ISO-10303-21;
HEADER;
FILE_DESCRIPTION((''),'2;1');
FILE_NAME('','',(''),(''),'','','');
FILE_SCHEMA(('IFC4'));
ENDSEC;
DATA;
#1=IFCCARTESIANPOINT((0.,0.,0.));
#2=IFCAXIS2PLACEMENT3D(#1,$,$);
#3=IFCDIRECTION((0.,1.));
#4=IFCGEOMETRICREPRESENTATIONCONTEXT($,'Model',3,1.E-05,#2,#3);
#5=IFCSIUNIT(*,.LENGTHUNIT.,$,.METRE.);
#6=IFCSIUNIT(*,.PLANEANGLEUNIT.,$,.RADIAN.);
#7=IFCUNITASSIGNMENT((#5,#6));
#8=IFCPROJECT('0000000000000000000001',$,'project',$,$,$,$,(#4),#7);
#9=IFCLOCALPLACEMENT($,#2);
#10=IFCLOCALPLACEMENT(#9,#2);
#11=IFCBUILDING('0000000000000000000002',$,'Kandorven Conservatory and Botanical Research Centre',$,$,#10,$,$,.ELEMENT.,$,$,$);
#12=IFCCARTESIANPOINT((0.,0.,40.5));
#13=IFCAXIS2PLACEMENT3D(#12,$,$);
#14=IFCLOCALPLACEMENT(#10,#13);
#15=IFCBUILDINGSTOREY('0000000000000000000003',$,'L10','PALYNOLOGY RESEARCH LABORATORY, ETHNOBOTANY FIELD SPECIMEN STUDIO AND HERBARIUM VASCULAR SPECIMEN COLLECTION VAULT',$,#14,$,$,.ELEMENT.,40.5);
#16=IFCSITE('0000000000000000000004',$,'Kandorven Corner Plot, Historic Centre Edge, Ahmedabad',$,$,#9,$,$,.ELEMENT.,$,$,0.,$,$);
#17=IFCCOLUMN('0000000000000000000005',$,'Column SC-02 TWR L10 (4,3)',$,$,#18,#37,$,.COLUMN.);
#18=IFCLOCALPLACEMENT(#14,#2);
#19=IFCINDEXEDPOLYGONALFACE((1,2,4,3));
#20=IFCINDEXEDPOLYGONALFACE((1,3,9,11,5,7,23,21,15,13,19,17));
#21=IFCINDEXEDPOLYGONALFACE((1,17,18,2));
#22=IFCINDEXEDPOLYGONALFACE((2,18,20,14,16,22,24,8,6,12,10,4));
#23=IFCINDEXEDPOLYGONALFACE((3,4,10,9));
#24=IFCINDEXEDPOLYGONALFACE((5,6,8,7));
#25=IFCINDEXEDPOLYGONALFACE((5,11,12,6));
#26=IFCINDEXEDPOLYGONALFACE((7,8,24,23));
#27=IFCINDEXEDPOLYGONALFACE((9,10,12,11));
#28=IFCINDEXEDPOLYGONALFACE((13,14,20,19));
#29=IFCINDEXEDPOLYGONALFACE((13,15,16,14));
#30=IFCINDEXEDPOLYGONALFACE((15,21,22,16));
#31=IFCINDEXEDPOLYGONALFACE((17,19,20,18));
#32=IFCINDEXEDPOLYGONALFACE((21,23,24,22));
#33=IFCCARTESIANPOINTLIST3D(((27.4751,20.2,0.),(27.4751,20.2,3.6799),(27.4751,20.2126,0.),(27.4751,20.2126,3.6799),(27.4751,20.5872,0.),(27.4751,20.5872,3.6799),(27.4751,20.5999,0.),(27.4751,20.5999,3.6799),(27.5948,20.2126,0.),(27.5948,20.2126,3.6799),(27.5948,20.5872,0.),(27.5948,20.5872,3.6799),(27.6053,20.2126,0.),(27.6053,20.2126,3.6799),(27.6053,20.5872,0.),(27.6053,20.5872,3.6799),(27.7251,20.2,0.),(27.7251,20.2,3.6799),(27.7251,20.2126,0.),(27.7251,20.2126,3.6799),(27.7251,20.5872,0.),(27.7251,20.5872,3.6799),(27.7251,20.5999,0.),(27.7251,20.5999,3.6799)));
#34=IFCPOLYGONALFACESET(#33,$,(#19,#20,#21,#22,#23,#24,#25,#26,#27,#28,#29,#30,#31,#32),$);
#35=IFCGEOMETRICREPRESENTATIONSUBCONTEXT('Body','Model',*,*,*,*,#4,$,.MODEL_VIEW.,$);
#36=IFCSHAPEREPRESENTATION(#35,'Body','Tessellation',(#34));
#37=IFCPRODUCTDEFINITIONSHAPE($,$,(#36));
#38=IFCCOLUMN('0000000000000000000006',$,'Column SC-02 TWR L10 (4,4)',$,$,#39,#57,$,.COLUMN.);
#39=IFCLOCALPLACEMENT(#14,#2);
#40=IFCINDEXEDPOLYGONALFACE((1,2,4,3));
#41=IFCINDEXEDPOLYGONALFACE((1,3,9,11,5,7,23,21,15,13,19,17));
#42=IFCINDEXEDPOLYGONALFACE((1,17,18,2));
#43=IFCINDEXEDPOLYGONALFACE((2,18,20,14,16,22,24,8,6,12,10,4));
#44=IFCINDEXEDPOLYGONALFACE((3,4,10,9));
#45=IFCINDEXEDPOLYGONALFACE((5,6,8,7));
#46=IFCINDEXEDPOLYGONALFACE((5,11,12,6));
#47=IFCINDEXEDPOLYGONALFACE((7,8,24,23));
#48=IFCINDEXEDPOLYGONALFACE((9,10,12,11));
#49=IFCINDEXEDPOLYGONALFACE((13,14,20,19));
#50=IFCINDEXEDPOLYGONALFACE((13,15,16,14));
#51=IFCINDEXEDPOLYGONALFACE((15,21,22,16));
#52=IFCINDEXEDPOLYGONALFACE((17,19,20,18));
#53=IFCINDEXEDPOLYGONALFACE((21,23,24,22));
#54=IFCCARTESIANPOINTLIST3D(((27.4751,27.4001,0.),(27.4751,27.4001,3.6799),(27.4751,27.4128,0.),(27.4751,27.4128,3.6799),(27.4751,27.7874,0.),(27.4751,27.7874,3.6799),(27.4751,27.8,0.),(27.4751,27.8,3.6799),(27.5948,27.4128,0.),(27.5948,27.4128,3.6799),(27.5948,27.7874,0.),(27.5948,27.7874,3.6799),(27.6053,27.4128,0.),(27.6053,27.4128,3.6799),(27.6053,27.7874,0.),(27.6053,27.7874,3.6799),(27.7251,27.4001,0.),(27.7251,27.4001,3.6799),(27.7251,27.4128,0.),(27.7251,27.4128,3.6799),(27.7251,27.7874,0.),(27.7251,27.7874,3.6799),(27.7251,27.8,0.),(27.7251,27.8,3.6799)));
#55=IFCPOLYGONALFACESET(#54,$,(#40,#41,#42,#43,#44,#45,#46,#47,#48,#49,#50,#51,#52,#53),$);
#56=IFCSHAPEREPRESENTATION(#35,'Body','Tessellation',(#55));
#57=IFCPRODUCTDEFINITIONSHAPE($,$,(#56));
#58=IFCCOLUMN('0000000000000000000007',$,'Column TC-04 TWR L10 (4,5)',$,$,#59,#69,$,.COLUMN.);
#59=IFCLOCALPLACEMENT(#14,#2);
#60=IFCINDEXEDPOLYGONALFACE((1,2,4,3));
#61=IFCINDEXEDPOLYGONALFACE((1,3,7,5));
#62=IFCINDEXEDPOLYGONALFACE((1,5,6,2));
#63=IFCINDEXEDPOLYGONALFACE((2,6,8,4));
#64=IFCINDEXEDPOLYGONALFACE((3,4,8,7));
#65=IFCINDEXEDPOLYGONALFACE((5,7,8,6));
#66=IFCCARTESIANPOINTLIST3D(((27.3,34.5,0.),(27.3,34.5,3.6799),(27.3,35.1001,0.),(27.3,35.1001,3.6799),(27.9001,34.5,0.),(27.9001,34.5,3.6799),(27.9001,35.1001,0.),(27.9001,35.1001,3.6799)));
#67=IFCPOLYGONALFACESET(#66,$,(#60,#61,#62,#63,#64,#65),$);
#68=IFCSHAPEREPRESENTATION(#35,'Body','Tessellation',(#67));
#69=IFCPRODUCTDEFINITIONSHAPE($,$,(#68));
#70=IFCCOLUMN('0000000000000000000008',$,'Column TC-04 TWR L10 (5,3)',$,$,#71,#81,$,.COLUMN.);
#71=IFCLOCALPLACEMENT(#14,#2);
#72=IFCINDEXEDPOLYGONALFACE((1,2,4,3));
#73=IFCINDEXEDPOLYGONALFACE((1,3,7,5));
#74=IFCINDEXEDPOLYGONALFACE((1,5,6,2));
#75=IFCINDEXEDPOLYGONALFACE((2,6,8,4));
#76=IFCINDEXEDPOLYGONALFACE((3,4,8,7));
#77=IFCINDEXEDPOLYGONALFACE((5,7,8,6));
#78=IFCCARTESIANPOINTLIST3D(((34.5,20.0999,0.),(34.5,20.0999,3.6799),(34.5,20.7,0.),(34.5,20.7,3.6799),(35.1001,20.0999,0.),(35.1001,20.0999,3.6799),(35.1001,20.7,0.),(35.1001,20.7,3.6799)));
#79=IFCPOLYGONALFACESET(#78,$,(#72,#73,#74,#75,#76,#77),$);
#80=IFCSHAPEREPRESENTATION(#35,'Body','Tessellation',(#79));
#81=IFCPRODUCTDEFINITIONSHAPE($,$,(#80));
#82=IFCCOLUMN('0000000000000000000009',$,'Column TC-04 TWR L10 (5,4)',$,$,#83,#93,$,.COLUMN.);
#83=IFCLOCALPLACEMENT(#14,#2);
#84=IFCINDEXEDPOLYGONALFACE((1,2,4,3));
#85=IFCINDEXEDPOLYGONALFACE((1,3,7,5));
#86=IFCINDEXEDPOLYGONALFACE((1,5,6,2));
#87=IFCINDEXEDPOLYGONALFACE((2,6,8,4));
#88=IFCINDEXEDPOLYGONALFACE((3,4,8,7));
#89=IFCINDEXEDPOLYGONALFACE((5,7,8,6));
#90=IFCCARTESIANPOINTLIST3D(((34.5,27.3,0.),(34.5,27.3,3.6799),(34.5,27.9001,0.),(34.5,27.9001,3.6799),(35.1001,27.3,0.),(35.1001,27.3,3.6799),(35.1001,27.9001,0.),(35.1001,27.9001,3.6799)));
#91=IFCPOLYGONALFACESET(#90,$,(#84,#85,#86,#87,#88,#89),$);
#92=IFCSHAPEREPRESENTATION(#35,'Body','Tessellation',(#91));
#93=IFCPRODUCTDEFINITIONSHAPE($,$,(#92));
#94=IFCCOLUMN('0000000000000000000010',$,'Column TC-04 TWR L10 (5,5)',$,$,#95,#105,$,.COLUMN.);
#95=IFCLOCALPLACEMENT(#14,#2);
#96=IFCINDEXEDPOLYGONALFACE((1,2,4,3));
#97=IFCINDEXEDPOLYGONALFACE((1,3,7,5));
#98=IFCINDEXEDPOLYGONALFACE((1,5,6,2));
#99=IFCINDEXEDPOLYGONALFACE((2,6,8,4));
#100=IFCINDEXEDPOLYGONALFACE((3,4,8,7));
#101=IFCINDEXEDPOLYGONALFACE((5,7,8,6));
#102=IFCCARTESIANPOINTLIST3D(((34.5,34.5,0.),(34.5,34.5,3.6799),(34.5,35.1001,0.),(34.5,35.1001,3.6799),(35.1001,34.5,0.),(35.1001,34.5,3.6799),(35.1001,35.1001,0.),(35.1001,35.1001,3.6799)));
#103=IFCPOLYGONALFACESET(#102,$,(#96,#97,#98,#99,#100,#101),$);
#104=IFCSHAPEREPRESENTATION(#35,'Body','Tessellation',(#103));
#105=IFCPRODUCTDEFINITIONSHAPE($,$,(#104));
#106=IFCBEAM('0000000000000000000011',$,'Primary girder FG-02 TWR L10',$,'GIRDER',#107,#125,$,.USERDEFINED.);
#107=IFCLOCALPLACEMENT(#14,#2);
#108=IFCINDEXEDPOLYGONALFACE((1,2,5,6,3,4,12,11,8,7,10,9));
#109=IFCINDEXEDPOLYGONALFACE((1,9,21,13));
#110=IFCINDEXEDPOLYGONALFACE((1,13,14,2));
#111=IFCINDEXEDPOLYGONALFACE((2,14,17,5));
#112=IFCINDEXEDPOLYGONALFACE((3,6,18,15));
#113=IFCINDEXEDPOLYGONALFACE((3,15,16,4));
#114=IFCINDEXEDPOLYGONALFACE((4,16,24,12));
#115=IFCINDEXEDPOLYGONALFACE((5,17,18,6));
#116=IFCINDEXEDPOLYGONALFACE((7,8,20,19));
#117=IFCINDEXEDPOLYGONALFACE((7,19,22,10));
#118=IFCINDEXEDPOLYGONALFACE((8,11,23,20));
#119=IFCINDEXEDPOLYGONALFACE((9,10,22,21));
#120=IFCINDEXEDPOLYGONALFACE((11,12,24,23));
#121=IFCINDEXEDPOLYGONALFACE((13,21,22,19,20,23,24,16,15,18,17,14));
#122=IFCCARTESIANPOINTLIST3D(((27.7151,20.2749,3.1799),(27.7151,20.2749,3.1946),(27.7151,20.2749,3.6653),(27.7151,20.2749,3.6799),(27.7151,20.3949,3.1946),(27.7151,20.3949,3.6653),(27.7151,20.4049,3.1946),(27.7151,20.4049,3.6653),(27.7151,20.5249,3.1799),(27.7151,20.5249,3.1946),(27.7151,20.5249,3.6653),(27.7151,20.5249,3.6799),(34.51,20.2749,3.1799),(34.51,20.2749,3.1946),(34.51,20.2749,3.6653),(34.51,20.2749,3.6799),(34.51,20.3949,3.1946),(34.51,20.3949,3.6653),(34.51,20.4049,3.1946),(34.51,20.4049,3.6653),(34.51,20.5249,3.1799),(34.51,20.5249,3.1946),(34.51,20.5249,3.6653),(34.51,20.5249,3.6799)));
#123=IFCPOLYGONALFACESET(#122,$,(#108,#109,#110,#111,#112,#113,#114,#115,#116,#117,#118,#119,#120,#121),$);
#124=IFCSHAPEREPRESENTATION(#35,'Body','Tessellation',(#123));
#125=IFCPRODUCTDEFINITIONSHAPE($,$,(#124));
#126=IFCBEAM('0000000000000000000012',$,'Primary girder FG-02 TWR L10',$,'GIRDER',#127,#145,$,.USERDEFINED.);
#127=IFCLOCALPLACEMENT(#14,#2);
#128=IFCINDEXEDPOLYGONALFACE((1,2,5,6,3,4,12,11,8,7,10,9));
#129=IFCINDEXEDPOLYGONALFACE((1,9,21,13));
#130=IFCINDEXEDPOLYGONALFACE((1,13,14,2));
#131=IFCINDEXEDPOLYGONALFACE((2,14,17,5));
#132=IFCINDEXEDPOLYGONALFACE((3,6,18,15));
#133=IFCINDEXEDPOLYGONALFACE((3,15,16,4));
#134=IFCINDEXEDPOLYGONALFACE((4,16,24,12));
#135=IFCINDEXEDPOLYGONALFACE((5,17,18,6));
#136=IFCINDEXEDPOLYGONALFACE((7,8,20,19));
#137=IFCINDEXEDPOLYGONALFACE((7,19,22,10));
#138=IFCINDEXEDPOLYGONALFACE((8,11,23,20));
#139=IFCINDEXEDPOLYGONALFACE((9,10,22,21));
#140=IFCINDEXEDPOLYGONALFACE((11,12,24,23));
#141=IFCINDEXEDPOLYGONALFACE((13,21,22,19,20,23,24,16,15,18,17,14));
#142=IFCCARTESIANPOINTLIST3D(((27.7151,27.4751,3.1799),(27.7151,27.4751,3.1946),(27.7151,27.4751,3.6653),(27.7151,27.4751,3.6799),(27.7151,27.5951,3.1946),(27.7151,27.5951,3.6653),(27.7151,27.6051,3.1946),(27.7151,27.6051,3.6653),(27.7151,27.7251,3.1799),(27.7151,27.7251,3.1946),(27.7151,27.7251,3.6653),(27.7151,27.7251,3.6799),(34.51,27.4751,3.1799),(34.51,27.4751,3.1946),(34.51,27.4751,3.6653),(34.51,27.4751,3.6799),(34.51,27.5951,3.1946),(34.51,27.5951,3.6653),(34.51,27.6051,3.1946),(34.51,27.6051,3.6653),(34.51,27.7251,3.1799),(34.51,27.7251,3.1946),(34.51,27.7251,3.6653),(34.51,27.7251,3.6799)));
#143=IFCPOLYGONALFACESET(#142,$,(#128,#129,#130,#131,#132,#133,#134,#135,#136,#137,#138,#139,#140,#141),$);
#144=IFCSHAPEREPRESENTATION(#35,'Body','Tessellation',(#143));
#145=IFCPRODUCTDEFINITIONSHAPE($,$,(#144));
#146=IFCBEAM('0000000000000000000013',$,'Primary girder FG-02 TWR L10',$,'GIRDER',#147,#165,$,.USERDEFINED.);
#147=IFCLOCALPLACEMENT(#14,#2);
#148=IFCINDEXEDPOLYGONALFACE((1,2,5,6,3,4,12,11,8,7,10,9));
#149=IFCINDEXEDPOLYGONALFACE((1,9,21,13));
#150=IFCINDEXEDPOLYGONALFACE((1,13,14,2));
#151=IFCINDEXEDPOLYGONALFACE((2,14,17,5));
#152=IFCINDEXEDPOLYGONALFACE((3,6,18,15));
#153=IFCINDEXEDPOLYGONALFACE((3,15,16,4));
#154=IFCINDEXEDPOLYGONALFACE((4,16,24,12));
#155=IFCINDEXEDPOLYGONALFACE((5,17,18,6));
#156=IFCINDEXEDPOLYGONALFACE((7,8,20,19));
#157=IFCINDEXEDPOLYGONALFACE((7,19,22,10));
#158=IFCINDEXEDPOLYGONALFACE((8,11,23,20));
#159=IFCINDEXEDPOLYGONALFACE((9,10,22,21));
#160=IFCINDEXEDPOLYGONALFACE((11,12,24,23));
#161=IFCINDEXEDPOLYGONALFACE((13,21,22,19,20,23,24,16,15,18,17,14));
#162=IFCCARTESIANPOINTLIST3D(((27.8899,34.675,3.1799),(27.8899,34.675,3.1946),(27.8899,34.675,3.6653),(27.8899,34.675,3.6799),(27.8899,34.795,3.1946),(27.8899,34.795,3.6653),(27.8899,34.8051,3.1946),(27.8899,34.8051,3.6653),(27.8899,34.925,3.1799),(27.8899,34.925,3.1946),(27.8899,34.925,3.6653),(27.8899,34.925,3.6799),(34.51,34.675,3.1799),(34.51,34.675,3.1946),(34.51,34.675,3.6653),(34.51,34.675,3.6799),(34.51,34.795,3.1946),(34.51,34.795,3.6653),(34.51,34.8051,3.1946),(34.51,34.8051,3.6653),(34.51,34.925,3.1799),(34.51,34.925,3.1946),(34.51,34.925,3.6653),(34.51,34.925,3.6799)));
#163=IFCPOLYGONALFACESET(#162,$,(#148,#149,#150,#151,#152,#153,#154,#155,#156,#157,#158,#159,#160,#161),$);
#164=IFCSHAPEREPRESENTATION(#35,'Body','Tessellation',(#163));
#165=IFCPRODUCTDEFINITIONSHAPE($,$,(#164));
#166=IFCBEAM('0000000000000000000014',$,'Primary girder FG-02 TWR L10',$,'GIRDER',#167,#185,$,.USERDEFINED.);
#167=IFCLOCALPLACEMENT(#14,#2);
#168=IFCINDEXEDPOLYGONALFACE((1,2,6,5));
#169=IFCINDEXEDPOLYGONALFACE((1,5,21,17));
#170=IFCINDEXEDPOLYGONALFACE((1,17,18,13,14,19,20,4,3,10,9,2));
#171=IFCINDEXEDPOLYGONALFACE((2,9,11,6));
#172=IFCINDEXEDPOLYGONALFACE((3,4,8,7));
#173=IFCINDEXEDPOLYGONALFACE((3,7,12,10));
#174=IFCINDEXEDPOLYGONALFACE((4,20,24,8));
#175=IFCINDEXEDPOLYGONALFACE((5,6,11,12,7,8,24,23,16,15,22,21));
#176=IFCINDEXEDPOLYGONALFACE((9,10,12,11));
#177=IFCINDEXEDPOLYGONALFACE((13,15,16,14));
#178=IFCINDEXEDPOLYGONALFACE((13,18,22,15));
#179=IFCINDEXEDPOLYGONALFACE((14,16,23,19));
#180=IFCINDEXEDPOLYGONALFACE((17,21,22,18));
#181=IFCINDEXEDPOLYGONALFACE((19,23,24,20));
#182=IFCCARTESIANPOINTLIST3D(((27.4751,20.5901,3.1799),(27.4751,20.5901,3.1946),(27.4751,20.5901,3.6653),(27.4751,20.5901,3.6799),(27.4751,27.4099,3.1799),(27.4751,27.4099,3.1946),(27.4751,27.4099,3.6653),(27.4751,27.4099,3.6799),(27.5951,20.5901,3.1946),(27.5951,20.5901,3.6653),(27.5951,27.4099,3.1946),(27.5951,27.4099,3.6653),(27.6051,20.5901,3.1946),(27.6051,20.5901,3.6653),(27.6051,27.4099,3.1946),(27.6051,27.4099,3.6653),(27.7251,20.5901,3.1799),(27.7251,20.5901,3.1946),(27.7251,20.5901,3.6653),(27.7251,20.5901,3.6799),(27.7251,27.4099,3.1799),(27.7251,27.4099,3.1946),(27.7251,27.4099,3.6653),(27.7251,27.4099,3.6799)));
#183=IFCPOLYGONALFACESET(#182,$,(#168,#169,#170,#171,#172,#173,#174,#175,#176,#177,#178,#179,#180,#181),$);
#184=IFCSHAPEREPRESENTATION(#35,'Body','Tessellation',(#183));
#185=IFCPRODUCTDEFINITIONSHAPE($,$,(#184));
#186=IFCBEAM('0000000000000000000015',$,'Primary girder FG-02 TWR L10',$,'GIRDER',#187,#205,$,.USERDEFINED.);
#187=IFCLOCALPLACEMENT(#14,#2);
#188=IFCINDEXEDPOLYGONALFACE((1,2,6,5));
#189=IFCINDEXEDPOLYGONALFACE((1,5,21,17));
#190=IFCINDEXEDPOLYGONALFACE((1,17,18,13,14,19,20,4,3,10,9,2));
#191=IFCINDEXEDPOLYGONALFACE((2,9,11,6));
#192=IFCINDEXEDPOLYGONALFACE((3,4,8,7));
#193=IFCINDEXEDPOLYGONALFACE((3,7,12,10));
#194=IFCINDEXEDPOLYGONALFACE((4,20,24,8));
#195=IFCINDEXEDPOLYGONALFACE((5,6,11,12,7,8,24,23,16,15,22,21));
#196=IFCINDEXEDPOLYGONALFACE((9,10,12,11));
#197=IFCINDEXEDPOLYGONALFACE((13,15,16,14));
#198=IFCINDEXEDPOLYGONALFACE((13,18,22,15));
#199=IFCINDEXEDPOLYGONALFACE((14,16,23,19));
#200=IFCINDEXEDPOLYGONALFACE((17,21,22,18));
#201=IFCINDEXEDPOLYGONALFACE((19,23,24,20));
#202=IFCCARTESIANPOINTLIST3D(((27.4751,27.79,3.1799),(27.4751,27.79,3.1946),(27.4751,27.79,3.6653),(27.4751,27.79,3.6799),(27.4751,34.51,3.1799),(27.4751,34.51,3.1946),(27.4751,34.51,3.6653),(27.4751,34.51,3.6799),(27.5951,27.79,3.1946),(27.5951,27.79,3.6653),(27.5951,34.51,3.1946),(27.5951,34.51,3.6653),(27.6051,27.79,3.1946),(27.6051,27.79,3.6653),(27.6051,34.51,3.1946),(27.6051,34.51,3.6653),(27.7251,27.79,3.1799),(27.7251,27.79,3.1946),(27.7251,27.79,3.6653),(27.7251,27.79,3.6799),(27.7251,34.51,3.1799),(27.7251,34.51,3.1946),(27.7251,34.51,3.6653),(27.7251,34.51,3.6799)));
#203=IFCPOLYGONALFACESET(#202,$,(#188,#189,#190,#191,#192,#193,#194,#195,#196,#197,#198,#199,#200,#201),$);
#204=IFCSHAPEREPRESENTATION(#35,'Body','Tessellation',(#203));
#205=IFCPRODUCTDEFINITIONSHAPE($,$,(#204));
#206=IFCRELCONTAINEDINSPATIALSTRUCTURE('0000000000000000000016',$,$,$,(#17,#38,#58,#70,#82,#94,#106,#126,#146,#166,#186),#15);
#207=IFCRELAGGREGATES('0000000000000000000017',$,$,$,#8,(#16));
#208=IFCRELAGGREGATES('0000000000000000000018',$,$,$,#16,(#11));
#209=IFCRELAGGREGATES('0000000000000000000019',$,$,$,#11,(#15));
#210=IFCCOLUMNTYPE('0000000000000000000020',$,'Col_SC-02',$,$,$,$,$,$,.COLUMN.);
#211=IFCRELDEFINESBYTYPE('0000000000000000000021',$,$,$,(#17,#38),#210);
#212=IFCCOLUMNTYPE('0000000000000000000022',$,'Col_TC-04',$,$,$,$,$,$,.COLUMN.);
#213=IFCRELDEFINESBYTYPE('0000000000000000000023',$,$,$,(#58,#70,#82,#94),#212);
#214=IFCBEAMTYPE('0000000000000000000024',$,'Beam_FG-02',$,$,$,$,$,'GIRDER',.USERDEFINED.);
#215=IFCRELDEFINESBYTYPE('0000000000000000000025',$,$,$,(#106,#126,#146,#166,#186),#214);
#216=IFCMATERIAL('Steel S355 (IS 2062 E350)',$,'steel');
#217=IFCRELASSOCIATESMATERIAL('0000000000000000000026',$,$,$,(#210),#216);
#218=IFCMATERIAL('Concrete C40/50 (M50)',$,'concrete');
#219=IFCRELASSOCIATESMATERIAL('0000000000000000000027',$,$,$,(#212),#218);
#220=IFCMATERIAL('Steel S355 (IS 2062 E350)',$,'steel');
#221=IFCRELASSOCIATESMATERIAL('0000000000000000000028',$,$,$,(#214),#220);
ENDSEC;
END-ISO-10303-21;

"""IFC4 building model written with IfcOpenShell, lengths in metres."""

from ifc_helpers import new_model, si_unit, direction, frame, origin, origin_2d, place, context, subcontext, project, spatial, rectangle, i_section, extrude, material, material_profile, profile_set, type_object, element, save


model = new_model("IFC4")

# Units and contexts
model_context = context("Model", 3, precision=1e-05, world=origin(), true_north=direction((0.0, 1.0)))
body_context = subcontext(model_context, "Body", "Model", "MODEL_VIEW")
ifc_project = project(units=[si_unit("LENGTHUNIT", "METRE"), si_unit("PLANEANGLEUNIT", "RADIAN")], contexts=[model_context])

# Site, building, storey
site_placement = place(None, origin())
site = spatial("IfcSite", under=ifc_project, at=site_placement, Name="Kandorven Corner Plot, Historic Centre Edge, Ahmedabad", CompositionType="ELEMENT", RefElevation=0.0)
building_placement = place(site_placement, origin())
building = spatial("IfcBuilding", under=site, at=building_placement, Name="Kandorven Conservatory and Botanical Research Centre", CompositionType="ELEMENT")
storey_placement = place(building_placement, frame((0.0, 0.0, 40.5)))
storey = spatial("IfcBuildingStorey", under=building, at=storey_placement, Name="L10", Description="PALYNOLOGY RESEARCH LABORATORY, ETHNOBOTANY FIELD SPECIMEN STUDIO AND HERBARIUM VASCULAR SPECIMEN COLLECTION VAULT", CompositionType="ELEMENT", Elevation=40.5)

# Columns
ifc_material_1 = material(Name="Steel S355 (IS 2062 E350)", Category="steel")
ifc_material_profile_1 = material_profile(ifc_material_1, i_section(OverallWidth=0.25, OverallDepth=0.3999, WebThickness=0.0105, FlangeThickness=0.0127, at=origin_2d()))
ifc_profile_set_1 = profile_set([ifc_material_profile_1], Name="Steel S355 (IS 2062 E350)")
column_type_1 = type_object("IfcColumnType", Name="Col_SC-02", PredefinedType="COLUMN", material=ifc_profile_set_1)
for number, where, z_axis, x_axis, name in (
    (1, (27.6001, 20.3999, 0.0), (0.0, 0.0, 1.0), (1.0, 0.0, 0.0), "Column SC-02 TWR L10 (4,3)"),
    (2, (27.6001, 27.6001, 0.0), (0.0, 0.0, 1.0), (1.0, 0.0, 0.0), "Column SC-02 TWR L10 (4,4)"),
):
    element("IfcColumn", number, at=place(storey_placement, frame(where, z_axis=z_axis, x_axis=x_axis)), inside=storey, type_object=column_type_1, Name=name, PredefinedType="COLUMN", context=body_context, shape_type="SweptSolid", body=[
        extrude(i_section(OverallWidth=0.25, OverallDepth=0.3999, WebThickness=0.0105, FlangeThickness=0.0127, at=origin_2d()), origin(), (0.0, 0.0, 1.0), 3.6799),
    ])
ifc_material_2 = material(Name="Concrete C40/50 (M50)", Category="concrete")
ifc_material_profile_2 = material_profile(ifc_material_2, rectangle(XDim=0.6001, YDim=0.6001, at=origin_2d()))
ifc_profile_set_2 = profile_set([ifc_material_profile_2], Name="Concrete C40/50 (M50)")
column_type_2 = type_object("IfcColumnType", Name="Col_TC-04", PredefinedType="COLUMN", material=ifc_profile_set_2)
for number, where, z_axis, x_axis, name in (
    (3, (27.6001, 34.8, 0.0), (0.0, 0.0, 1.0), (1.0, 0.0, 0.0), "Column TC-04 TWR L10 (4,5)"),
    (4, (34.8, 20.3999, 0.0), (0.0, 0.0, 1.0), (1.0, 0.0, 0.0), "Column TC-04 TWR L10 (5,3)"),
    (5, (34.8, 27.6001, 0.0), (0.0, 0.0, 1.0), (1.0, 0.0, 0.0), "Column TC-04 TWR L10 (5,4)"),
    (6, (34.8, 34.8, 0.0), (0.0, 0.0, 1.0), (1.0, 0.0, 0.0), "Column TC-04 TWR L10 (5,5)"),
):
    element("IfcColumn", number, at=place(storey_placement, frame(where, z_axis=z_axis, x_axis=x_axis)), inside=storey, type_object=column_type_2, Name=name, PredefinedType="COLUMN", context=body_context, shape_type="SweptSolid", body=[
        extrude(rectangle(XDim=0.6001, YDim=0.6001, at=origin_2d()), origin(), (0.0, 0.0, 1.0), 3.6799),
    ])

# Beams
ifc_material_3 = material(Name="Steel S355 (IS 2062 E350)", Category="steel")
ifc_material_profile_3 = material_profile(ifc_material_3, i_section(OverallWidth=0.25, OverallDepth=0.5, WebThickness=0.01, FlangeThickness=0.0146, at=origin_2d()))
ifc_profile_set_3 = profile_set([ifc_material_profile_3], Name="Steel S355 (IS 2062 E350)")
beam_type_1 = type_object("IfcBeamType", Name="Beam_FG-02", ElementType="GIRDER", PredefinedType="USERDEFINED", material=ifc_profile_set_3)
for number, where, z_axis, x_axis, name in (
    (7, (27.7151, 20.3999, 3.4299), (1.0, 0.0, 0.0), (0.0, 1.0, 0.0), "Primary girder FG-02 TWR L10"),
    (8, (27.7151, 27.6001, 3.4299), (1.0, 0.0, 0.0), (0.0, 1.0, 0.0), "Primary girder FG-02 TWR L10"),
):
    element("IfcBeam", number, at=place(storey_placement, frame(where, z_axis=z_axis, x_axis=x_axis)), inside=storey, type_object=beam_type_1, Name=name, ObjectType="GIRDER", PredefinedType="USERDEFINED", context=body_context, shape_type="SweptSolid", body=[
        extrude(i_section(OverallWidth=0.25, OverallDepth=0.5, WebThickness=0.01, FlangeThickness=0.0146, at=origin_2d()), origin(), (0.0, 0.0, 1.0), 6.7949),
    ])
beam_1_placement = place(storey_placement, frame((27.8899, 34.8, 3.4299), z_axis=(1.0, 0.0, 0.0), x_axis=(0.0, 1.0, 0.0)))
element("IfcBeam", 9, at=beam_1_placement, inside=storey, type_object=beam_type_1, Name="Primary girder FG-02 TWR L10", ObjectType="GIRDER", PredefinedType="USERDEFINED", context=body_context, shape_type="SweptSolid", body=[
    extrude(i_section(OverallWidth=0.25, OverallDepth=0.5, WebThickness=0.01, FlangeThickness=0.0146, at=origin_2d()), origin(), (0.0, 0.0, 1.0), 6.6201),
])
beam_2_placement = place(storey_placement, frame((27.6001, 20.5901, 3.4299), z_axis=(0.0, 1.0, 0.0), x_axis=(-1.0, 0.0, 0.0)))
element("IfcBeam", 10, at=beam_2_placement, inside=storey, type_object=beam_type_1, Name="Primary girder FG-02 TWR L10", ObjectType="GIRDER", PredefinedType="USERDEFINED", context=body_context, shape_type="SweptSolid", body=[
    extrude(i_section(OverallWidth=0.25, OverallDepth=0.5, WebThickness=0.01, FlangeThickness=0.0146, at=origin_2d()), origin(), (0.0, 0.0, 1.0), 6.8198),
])
beam_3_placement = place(storey_placement, frame((27.6001, 27.79, 3.4299), z_axis=(0.0, 1.0, 0.0), x_axis=(-1.0, 0.0, 0.0)))
element("IfcBeam", 11, at=beam_3_placement, inside=storey, type_object=beam_type_1, Name="Primary girder FG-02 TWR L10", ObjectType="GIRDER", PredefinedType="USERDEFINED", context=body_context, shape_type="SweptSolid", body=[
    extrude(i_section(OverallWidth=0.25, OverallDepth=0.5, WebThickness=0.01, FlangeThickness=0.0146, at=origin_2d()), origin(), (0.0, 0.0, 1.0), 6.72),
])

save(model, "model.ifc")
